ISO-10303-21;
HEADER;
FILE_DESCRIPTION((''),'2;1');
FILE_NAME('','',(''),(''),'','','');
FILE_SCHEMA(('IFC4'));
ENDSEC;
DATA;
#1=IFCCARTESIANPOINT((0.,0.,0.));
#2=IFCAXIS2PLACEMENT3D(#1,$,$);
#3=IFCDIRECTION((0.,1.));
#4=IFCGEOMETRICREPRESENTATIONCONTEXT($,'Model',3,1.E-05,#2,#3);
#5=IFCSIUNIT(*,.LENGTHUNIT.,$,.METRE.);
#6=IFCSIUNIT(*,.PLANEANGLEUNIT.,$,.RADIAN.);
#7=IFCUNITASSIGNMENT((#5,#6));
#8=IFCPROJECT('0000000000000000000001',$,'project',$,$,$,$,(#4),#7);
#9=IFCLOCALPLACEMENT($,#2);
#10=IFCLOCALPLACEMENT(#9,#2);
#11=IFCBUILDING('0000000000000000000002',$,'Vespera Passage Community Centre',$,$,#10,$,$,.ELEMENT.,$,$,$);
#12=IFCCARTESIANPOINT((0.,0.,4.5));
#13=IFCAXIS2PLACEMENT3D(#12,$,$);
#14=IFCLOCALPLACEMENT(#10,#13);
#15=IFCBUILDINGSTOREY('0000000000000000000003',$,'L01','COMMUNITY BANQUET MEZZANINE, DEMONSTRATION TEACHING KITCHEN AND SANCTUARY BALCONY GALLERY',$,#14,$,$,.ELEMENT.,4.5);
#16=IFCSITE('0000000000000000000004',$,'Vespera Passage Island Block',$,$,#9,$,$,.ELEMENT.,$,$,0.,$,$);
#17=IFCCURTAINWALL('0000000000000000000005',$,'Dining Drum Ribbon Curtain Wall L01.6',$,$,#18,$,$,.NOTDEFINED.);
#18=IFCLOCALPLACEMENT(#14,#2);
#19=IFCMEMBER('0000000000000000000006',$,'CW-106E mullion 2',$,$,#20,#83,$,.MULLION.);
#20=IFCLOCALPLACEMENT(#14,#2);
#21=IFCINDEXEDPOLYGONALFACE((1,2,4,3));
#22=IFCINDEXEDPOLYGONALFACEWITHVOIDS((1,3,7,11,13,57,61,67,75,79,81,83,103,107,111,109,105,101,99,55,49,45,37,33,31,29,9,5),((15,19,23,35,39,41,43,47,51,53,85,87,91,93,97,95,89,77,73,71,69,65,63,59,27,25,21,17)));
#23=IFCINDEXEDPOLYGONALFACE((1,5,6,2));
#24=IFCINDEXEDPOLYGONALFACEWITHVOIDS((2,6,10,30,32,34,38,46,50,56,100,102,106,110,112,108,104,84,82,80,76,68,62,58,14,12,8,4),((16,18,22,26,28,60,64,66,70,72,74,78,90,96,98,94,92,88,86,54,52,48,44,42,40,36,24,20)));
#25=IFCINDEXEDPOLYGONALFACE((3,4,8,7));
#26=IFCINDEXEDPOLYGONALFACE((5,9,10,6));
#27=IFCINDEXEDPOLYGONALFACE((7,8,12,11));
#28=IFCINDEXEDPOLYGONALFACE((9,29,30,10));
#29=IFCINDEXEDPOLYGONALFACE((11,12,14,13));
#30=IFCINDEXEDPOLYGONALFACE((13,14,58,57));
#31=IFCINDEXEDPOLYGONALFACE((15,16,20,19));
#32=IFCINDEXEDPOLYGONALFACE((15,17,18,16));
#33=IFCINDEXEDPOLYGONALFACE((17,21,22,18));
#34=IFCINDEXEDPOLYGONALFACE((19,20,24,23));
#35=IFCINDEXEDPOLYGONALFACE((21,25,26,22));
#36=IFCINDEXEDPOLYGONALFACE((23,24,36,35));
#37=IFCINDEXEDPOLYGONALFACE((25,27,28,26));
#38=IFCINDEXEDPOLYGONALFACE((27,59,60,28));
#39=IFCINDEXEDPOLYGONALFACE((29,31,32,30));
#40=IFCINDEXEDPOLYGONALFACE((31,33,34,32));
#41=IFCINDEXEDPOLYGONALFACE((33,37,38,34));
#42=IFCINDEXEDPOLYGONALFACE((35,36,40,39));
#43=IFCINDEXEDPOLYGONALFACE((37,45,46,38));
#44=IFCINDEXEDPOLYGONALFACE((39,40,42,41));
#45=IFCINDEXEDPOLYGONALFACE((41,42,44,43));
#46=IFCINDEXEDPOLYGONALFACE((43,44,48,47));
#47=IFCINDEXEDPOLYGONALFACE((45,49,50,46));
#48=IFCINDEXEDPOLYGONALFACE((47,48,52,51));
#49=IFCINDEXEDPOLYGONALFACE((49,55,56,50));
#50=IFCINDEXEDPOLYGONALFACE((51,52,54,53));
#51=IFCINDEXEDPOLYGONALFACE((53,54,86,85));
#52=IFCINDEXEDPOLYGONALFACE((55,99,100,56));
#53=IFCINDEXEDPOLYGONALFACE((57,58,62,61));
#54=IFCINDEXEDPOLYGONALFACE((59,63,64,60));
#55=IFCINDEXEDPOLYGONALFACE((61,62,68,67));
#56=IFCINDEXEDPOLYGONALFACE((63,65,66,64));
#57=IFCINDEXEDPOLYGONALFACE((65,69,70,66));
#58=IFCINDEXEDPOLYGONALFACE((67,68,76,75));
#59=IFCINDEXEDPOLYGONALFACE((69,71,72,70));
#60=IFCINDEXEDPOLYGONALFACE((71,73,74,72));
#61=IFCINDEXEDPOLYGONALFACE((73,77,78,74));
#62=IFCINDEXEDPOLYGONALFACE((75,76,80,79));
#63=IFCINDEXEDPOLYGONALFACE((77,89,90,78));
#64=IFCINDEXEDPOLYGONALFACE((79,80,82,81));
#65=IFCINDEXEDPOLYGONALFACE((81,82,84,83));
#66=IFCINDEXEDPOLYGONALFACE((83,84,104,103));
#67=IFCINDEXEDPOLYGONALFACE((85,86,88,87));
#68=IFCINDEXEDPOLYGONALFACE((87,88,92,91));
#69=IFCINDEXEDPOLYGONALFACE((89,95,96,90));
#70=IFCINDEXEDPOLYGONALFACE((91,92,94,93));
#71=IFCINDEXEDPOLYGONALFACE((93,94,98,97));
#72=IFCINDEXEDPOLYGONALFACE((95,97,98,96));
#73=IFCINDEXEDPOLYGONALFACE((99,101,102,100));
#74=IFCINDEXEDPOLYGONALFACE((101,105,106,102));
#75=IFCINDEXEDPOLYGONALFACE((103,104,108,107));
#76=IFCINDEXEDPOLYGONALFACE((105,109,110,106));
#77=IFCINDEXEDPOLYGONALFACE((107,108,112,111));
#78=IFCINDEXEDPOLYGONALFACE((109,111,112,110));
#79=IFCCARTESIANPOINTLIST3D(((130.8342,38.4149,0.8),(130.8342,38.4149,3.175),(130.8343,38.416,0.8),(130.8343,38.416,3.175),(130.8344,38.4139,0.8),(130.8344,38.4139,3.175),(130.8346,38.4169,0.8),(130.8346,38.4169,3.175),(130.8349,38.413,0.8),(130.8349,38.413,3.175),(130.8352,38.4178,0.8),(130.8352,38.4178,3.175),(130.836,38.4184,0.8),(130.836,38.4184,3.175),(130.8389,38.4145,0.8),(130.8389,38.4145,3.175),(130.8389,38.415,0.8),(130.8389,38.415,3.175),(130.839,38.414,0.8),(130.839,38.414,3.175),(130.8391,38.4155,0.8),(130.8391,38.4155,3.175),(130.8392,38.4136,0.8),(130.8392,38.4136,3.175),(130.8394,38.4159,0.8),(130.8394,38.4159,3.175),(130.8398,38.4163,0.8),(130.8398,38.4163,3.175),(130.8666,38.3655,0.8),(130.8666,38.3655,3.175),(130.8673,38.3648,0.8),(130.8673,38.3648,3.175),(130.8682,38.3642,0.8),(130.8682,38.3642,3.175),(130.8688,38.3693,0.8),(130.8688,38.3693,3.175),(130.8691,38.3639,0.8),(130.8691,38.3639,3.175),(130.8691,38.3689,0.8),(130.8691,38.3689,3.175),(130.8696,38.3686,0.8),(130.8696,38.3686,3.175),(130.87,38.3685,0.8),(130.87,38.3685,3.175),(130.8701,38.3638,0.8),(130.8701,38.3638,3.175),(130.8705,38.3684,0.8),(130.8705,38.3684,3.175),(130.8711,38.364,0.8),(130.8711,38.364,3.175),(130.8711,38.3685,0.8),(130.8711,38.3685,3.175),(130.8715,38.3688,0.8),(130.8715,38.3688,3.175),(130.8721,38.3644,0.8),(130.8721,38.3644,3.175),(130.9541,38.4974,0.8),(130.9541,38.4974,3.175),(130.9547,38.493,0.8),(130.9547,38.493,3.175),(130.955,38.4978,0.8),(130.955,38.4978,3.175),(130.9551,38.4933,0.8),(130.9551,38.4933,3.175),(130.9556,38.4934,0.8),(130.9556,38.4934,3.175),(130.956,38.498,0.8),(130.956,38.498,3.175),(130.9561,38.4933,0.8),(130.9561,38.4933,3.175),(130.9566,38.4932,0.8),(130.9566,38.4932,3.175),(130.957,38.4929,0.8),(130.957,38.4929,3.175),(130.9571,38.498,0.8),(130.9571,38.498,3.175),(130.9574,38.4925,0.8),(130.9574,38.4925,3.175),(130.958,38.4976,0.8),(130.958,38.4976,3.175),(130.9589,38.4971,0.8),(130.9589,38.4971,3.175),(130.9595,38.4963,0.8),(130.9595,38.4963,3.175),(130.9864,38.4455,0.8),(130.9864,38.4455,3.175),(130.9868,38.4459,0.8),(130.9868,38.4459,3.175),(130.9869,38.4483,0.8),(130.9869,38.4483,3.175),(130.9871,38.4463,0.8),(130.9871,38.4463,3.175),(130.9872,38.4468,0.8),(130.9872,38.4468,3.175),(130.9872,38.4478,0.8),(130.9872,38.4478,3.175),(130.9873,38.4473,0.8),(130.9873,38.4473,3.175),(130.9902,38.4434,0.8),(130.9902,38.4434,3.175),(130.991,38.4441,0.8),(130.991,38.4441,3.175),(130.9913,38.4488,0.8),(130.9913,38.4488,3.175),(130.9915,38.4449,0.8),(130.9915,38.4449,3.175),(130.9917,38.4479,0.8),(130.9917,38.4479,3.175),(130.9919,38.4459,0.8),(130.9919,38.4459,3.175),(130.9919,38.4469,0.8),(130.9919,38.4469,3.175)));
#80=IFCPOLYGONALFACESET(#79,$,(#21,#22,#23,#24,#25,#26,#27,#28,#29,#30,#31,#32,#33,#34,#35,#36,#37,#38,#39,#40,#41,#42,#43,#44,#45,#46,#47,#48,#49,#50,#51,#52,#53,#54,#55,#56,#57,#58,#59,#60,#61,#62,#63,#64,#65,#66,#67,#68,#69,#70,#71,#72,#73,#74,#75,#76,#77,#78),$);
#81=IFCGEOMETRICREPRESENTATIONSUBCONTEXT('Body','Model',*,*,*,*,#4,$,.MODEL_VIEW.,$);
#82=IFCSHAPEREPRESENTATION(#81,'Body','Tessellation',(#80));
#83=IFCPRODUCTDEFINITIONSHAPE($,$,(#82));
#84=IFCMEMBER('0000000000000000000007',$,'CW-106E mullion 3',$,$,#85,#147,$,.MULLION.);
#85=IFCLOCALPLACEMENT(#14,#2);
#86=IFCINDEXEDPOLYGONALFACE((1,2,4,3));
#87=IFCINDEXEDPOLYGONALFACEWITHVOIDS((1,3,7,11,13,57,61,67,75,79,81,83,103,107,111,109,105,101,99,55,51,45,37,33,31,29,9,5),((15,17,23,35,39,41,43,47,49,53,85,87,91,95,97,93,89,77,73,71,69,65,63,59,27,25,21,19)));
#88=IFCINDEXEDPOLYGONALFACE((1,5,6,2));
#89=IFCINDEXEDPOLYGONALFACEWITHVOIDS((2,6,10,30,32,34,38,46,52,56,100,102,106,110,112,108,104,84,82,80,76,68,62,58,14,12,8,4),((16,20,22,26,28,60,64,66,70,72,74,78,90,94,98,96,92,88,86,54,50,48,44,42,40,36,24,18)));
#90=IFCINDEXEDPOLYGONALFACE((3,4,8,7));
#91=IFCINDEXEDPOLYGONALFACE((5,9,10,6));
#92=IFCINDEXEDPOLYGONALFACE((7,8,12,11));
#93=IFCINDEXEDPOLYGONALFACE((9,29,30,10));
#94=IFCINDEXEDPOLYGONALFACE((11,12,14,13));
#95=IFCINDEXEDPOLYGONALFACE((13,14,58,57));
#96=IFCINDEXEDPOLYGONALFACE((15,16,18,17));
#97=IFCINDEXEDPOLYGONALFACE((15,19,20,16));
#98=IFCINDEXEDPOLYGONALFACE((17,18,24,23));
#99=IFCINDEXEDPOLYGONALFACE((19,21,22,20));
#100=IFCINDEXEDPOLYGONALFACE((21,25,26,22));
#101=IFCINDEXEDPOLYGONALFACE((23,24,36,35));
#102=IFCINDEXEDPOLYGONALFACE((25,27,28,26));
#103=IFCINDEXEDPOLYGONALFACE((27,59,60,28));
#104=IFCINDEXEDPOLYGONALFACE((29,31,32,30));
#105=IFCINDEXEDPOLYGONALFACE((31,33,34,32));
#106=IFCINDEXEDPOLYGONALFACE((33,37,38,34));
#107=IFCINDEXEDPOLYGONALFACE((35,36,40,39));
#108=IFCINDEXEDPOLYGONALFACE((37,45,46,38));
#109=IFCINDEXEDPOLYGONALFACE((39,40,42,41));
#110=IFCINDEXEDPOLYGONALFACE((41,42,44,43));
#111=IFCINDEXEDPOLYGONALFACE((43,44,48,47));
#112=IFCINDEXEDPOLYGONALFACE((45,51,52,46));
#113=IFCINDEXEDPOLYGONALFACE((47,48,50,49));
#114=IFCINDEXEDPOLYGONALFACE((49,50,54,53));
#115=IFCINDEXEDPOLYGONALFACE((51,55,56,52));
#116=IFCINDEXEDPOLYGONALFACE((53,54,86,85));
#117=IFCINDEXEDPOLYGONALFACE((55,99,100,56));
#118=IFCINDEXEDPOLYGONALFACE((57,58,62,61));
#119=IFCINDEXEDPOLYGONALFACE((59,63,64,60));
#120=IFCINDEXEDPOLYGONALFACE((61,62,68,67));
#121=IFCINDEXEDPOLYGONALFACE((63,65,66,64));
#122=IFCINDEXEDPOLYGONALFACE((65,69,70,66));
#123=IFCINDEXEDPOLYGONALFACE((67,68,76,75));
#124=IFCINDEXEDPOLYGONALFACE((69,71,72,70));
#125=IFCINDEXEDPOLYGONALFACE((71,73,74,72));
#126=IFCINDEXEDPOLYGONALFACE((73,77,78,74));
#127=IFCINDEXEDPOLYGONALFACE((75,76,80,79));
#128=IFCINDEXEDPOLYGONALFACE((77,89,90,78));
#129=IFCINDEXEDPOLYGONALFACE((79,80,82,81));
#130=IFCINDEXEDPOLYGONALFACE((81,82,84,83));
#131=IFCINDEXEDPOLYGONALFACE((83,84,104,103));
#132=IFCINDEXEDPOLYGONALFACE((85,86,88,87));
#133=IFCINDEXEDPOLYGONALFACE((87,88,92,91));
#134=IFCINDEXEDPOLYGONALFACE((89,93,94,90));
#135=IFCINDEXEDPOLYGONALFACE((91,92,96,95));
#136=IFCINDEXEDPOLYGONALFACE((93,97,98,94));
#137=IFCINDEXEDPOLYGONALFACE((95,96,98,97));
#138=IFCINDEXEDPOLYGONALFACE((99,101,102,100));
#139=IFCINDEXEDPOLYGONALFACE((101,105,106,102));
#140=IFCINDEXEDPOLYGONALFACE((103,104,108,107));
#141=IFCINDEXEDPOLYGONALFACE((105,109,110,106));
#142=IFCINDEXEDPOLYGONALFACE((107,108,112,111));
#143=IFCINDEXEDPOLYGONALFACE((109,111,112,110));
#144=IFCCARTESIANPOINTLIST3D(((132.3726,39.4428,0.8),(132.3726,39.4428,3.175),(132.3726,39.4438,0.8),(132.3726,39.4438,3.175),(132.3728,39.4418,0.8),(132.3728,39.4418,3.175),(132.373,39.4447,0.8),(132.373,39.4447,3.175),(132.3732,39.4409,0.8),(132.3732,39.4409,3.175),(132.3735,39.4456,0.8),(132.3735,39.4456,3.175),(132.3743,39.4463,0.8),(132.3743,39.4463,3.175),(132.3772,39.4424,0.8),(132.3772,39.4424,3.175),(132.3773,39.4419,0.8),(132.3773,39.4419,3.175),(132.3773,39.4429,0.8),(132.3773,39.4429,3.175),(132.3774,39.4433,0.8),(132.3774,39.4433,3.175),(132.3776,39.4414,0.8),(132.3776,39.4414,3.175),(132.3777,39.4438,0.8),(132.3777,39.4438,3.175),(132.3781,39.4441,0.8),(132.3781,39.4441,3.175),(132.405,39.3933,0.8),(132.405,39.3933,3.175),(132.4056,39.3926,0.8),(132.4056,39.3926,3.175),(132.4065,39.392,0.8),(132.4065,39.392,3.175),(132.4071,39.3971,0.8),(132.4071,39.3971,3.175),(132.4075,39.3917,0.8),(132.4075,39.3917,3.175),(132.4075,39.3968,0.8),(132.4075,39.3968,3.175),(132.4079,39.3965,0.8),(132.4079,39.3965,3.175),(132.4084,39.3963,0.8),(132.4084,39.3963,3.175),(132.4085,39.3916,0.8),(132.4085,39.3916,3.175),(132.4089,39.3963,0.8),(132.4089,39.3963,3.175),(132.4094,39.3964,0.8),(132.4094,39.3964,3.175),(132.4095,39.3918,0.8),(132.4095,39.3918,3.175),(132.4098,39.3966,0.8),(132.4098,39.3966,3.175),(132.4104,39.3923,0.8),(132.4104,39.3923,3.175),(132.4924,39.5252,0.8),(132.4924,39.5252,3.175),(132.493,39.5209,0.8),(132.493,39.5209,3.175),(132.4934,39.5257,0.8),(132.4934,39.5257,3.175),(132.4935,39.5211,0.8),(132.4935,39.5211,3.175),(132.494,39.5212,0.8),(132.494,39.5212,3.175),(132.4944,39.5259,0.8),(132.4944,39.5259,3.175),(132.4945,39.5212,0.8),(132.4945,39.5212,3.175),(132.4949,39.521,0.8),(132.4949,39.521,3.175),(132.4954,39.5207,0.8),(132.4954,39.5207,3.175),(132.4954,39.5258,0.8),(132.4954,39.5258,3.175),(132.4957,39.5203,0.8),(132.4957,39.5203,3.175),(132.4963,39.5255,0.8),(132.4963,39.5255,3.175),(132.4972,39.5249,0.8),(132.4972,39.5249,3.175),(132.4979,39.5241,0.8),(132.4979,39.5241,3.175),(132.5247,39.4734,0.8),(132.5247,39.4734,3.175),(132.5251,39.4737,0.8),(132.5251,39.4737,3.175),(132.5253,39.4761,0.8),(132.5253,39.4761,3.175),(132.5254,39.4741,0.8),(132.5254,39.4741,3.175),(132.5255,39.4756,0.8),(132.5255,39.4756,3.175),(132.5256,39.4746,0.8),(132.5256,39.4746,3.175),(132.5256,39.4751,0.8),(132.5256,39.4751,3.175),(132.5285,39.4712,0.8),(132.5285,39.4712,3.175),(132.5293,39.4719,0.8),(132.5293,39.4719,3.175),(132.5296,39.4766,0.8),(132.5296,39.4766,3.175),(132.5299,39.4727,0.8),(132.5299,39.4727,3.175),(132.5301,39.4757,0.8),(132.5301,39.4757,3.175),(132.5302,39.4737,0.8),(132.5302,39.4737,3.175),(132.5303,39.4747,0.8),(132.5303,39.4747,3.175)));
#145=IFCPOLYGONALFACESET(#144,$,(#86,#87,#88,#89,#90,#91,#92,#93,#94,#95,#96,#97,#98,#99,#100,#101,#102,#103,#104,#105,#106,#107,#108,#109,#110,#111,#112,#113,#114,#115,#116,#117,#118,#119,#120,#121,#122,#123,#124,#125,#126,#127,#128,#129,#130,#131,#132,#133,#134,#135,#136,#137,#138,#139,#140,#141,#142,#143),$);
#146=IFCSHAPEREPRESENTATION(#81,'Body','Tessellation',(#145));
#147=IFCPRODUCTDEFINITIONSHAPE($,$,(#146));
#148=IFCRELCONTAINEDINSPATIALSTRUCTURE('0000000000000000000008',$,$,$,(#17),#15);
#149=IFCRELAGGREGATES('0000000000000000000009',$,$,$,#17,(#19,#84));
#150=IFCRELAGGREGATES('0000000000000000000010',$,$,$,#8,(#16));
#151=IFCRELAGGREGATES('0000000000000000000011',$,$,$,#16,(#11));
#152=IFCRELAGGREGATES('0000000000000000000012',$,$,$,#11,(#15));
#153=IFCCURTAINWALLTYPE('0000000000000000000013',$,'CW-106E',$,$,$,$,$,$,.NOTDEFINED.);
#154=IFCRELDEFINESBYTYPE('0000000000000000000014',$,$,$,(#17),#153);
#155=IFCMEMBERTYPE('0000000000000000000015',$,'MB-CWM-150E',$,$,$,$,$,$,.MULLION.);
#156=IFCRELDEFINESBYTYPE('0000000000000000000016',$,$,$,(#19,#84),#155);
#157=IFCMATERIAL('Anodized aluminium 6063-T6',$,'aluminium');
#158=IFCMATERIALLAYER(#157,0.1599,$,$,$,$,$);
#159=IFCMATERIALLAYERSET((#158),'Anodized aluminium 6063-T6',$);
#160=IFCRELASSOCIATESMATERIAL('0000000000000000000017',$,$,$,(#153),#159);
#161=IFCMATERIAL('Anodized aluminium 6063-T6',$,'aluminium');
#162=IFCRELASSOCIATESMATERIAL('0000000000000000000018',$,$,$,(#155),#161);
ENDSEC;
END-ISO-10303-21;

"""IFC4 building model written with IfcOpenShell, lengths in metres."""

from ifc_helpers import new_model, si_unit, direction, frame, origin, origin_2d, place, context, subcontext, project, spatial, hollow_rectangle, extrude, material, layer, layer_set, material_profile, profile_set, type_object, element, aggregate, save


model = new_model("IFC4")

# Units and contexts
model_context = context("Model", 3, precision=1e-05, world=origin(), true_north=direction((0.0, 1.0)))
body_context = subcontext(model_context, "Body", "Model", "MODEL_VIEW")
ifc_project = project(units=[si_unit("LENGTHUNIT", "METRE"), si_unit("PLANEANGLEUNIT", "RADIAN")], contexts=[model_context])

# Site, building, storey
site_placement = place(None, origin())
site = spatial("IfcSite", under=ifc_project, at=site_placement, Name="Vespera Passage Island Block", CompositionType="ELEMENT", RefElevation=0.0)
building_placement = place(site_placement, origin())
building = spatial("IfcBuilding", under=site, at=building_placement, Name="Vespera Passage Community Centre", CompositionType="ELEMENT")
storey_placement = place(building_placement, frame((0.0, 0.0, 4.5)))
storey = spatial("IfcBuildingStorey", under=building, at=storey_placement, Name="L01", Description="COMMUNITY BANQUET MEZZANINE, DEMONSTRATION TEACHING KITCHEN AND SANCTUARY BALCONY GALLERY", CompositionType="ELEMENT", Elevation=4.5)

# Curtain wall, members
ifc_material_1 = material(Name="Anodized aluminium 6063-T6", Category="aluminium")
ifc_layer_1 = layer(ifc_material_1, 0.1599)
ifc_layer_set_1 = layer_set([ifc_layer_1], Name="Anodized aluminium 6063-T6")
curtain_wall_type = type_object("IfcCurtainWallType", Name="CW-106E", PredefinedType="NOTDEFINED", material=ifc_layer_set_1)
curtain_wall_placement = place(storey_placement, origin())
curtain_wall = element("IfcCurtainWall", 1, at=curtain_wall_placement, inside=storey, type_object=curtain_wall_type, Name="Dining Drum Ribbon Curtain Wall L01.6", PredefinedType="NOTDEFINED")
ifc_material_2 = material(Name="Anodized aluminium 6063-T6", Category="aluminium")
ifc_material_profile_1 = material_profile(ifc_material_2, hollow_rectangle(XDim=0.0649, YDim=0.1499, WallThickness=0.0039, InnerFilletRadius=0.002, OuterFilletRadius=0.0039, at=origin_2d()), Name="ALU150X65X4")
ifc_profile_set_1 = profile_set([ifc_material_profile_1], Name="Anodized aluminium 6063-T6")
member_type_1 = type_object("IfcMemberType", Name="MB-CWM-150E", PredefinedType="MULLION", material=ifc_profile_set_1)
member_1_placement = place(storey_placement, frame((130.9131, 38.4309, 0.8), z_axis=(0.0, 0.0, 1.0), x_axis=(-0.555565, 0.831473, 0.0)))
member_1 = element("IfcMember", 2, at=member_1_placement, type_object=member_type_1, Name="CW-106E mullion 2", PredefinedType="MULLION", context=body_context, shape_type="SweptSolid", body=[
    extrude(hollow_rectangle(XDim=0.0649, YDim=0.1499, WallThickness=0.0039, InnerFilletRadius=0.002, OuterFilletRadius=0.0039, at=origin_2d()), origin(), (0.0, 0.0, 1.0), 2.375),
])
member_2_placement = place(storey_placement, frame((132.4514, 39.4587, 0.8), z_axis=(0.0, 0.0, 1.0), x_axis=(-0.555565, 0.831473, 0.0)))
member_2 = element("IfcMember", 3, at=member_2_placement, type_object=member_type_1, Name="CW-106E mullion 3", PredefinedType="MULLION", context=body_context, shape_type="SweptSolid", body=[
    extrude(hollow_rectangle(XDim=0.0649, YDim=0.1499, WallThickness=0.0039, InnerFilletRadius=0.002, OuterFilletRadius=0.0039, at=origin_2d()), origin(), (0.0, 0.0, 1.0), 2.375),
])
aggregate(curtain_wall, [member_1, member_2])

save(model, "model.ifc")
